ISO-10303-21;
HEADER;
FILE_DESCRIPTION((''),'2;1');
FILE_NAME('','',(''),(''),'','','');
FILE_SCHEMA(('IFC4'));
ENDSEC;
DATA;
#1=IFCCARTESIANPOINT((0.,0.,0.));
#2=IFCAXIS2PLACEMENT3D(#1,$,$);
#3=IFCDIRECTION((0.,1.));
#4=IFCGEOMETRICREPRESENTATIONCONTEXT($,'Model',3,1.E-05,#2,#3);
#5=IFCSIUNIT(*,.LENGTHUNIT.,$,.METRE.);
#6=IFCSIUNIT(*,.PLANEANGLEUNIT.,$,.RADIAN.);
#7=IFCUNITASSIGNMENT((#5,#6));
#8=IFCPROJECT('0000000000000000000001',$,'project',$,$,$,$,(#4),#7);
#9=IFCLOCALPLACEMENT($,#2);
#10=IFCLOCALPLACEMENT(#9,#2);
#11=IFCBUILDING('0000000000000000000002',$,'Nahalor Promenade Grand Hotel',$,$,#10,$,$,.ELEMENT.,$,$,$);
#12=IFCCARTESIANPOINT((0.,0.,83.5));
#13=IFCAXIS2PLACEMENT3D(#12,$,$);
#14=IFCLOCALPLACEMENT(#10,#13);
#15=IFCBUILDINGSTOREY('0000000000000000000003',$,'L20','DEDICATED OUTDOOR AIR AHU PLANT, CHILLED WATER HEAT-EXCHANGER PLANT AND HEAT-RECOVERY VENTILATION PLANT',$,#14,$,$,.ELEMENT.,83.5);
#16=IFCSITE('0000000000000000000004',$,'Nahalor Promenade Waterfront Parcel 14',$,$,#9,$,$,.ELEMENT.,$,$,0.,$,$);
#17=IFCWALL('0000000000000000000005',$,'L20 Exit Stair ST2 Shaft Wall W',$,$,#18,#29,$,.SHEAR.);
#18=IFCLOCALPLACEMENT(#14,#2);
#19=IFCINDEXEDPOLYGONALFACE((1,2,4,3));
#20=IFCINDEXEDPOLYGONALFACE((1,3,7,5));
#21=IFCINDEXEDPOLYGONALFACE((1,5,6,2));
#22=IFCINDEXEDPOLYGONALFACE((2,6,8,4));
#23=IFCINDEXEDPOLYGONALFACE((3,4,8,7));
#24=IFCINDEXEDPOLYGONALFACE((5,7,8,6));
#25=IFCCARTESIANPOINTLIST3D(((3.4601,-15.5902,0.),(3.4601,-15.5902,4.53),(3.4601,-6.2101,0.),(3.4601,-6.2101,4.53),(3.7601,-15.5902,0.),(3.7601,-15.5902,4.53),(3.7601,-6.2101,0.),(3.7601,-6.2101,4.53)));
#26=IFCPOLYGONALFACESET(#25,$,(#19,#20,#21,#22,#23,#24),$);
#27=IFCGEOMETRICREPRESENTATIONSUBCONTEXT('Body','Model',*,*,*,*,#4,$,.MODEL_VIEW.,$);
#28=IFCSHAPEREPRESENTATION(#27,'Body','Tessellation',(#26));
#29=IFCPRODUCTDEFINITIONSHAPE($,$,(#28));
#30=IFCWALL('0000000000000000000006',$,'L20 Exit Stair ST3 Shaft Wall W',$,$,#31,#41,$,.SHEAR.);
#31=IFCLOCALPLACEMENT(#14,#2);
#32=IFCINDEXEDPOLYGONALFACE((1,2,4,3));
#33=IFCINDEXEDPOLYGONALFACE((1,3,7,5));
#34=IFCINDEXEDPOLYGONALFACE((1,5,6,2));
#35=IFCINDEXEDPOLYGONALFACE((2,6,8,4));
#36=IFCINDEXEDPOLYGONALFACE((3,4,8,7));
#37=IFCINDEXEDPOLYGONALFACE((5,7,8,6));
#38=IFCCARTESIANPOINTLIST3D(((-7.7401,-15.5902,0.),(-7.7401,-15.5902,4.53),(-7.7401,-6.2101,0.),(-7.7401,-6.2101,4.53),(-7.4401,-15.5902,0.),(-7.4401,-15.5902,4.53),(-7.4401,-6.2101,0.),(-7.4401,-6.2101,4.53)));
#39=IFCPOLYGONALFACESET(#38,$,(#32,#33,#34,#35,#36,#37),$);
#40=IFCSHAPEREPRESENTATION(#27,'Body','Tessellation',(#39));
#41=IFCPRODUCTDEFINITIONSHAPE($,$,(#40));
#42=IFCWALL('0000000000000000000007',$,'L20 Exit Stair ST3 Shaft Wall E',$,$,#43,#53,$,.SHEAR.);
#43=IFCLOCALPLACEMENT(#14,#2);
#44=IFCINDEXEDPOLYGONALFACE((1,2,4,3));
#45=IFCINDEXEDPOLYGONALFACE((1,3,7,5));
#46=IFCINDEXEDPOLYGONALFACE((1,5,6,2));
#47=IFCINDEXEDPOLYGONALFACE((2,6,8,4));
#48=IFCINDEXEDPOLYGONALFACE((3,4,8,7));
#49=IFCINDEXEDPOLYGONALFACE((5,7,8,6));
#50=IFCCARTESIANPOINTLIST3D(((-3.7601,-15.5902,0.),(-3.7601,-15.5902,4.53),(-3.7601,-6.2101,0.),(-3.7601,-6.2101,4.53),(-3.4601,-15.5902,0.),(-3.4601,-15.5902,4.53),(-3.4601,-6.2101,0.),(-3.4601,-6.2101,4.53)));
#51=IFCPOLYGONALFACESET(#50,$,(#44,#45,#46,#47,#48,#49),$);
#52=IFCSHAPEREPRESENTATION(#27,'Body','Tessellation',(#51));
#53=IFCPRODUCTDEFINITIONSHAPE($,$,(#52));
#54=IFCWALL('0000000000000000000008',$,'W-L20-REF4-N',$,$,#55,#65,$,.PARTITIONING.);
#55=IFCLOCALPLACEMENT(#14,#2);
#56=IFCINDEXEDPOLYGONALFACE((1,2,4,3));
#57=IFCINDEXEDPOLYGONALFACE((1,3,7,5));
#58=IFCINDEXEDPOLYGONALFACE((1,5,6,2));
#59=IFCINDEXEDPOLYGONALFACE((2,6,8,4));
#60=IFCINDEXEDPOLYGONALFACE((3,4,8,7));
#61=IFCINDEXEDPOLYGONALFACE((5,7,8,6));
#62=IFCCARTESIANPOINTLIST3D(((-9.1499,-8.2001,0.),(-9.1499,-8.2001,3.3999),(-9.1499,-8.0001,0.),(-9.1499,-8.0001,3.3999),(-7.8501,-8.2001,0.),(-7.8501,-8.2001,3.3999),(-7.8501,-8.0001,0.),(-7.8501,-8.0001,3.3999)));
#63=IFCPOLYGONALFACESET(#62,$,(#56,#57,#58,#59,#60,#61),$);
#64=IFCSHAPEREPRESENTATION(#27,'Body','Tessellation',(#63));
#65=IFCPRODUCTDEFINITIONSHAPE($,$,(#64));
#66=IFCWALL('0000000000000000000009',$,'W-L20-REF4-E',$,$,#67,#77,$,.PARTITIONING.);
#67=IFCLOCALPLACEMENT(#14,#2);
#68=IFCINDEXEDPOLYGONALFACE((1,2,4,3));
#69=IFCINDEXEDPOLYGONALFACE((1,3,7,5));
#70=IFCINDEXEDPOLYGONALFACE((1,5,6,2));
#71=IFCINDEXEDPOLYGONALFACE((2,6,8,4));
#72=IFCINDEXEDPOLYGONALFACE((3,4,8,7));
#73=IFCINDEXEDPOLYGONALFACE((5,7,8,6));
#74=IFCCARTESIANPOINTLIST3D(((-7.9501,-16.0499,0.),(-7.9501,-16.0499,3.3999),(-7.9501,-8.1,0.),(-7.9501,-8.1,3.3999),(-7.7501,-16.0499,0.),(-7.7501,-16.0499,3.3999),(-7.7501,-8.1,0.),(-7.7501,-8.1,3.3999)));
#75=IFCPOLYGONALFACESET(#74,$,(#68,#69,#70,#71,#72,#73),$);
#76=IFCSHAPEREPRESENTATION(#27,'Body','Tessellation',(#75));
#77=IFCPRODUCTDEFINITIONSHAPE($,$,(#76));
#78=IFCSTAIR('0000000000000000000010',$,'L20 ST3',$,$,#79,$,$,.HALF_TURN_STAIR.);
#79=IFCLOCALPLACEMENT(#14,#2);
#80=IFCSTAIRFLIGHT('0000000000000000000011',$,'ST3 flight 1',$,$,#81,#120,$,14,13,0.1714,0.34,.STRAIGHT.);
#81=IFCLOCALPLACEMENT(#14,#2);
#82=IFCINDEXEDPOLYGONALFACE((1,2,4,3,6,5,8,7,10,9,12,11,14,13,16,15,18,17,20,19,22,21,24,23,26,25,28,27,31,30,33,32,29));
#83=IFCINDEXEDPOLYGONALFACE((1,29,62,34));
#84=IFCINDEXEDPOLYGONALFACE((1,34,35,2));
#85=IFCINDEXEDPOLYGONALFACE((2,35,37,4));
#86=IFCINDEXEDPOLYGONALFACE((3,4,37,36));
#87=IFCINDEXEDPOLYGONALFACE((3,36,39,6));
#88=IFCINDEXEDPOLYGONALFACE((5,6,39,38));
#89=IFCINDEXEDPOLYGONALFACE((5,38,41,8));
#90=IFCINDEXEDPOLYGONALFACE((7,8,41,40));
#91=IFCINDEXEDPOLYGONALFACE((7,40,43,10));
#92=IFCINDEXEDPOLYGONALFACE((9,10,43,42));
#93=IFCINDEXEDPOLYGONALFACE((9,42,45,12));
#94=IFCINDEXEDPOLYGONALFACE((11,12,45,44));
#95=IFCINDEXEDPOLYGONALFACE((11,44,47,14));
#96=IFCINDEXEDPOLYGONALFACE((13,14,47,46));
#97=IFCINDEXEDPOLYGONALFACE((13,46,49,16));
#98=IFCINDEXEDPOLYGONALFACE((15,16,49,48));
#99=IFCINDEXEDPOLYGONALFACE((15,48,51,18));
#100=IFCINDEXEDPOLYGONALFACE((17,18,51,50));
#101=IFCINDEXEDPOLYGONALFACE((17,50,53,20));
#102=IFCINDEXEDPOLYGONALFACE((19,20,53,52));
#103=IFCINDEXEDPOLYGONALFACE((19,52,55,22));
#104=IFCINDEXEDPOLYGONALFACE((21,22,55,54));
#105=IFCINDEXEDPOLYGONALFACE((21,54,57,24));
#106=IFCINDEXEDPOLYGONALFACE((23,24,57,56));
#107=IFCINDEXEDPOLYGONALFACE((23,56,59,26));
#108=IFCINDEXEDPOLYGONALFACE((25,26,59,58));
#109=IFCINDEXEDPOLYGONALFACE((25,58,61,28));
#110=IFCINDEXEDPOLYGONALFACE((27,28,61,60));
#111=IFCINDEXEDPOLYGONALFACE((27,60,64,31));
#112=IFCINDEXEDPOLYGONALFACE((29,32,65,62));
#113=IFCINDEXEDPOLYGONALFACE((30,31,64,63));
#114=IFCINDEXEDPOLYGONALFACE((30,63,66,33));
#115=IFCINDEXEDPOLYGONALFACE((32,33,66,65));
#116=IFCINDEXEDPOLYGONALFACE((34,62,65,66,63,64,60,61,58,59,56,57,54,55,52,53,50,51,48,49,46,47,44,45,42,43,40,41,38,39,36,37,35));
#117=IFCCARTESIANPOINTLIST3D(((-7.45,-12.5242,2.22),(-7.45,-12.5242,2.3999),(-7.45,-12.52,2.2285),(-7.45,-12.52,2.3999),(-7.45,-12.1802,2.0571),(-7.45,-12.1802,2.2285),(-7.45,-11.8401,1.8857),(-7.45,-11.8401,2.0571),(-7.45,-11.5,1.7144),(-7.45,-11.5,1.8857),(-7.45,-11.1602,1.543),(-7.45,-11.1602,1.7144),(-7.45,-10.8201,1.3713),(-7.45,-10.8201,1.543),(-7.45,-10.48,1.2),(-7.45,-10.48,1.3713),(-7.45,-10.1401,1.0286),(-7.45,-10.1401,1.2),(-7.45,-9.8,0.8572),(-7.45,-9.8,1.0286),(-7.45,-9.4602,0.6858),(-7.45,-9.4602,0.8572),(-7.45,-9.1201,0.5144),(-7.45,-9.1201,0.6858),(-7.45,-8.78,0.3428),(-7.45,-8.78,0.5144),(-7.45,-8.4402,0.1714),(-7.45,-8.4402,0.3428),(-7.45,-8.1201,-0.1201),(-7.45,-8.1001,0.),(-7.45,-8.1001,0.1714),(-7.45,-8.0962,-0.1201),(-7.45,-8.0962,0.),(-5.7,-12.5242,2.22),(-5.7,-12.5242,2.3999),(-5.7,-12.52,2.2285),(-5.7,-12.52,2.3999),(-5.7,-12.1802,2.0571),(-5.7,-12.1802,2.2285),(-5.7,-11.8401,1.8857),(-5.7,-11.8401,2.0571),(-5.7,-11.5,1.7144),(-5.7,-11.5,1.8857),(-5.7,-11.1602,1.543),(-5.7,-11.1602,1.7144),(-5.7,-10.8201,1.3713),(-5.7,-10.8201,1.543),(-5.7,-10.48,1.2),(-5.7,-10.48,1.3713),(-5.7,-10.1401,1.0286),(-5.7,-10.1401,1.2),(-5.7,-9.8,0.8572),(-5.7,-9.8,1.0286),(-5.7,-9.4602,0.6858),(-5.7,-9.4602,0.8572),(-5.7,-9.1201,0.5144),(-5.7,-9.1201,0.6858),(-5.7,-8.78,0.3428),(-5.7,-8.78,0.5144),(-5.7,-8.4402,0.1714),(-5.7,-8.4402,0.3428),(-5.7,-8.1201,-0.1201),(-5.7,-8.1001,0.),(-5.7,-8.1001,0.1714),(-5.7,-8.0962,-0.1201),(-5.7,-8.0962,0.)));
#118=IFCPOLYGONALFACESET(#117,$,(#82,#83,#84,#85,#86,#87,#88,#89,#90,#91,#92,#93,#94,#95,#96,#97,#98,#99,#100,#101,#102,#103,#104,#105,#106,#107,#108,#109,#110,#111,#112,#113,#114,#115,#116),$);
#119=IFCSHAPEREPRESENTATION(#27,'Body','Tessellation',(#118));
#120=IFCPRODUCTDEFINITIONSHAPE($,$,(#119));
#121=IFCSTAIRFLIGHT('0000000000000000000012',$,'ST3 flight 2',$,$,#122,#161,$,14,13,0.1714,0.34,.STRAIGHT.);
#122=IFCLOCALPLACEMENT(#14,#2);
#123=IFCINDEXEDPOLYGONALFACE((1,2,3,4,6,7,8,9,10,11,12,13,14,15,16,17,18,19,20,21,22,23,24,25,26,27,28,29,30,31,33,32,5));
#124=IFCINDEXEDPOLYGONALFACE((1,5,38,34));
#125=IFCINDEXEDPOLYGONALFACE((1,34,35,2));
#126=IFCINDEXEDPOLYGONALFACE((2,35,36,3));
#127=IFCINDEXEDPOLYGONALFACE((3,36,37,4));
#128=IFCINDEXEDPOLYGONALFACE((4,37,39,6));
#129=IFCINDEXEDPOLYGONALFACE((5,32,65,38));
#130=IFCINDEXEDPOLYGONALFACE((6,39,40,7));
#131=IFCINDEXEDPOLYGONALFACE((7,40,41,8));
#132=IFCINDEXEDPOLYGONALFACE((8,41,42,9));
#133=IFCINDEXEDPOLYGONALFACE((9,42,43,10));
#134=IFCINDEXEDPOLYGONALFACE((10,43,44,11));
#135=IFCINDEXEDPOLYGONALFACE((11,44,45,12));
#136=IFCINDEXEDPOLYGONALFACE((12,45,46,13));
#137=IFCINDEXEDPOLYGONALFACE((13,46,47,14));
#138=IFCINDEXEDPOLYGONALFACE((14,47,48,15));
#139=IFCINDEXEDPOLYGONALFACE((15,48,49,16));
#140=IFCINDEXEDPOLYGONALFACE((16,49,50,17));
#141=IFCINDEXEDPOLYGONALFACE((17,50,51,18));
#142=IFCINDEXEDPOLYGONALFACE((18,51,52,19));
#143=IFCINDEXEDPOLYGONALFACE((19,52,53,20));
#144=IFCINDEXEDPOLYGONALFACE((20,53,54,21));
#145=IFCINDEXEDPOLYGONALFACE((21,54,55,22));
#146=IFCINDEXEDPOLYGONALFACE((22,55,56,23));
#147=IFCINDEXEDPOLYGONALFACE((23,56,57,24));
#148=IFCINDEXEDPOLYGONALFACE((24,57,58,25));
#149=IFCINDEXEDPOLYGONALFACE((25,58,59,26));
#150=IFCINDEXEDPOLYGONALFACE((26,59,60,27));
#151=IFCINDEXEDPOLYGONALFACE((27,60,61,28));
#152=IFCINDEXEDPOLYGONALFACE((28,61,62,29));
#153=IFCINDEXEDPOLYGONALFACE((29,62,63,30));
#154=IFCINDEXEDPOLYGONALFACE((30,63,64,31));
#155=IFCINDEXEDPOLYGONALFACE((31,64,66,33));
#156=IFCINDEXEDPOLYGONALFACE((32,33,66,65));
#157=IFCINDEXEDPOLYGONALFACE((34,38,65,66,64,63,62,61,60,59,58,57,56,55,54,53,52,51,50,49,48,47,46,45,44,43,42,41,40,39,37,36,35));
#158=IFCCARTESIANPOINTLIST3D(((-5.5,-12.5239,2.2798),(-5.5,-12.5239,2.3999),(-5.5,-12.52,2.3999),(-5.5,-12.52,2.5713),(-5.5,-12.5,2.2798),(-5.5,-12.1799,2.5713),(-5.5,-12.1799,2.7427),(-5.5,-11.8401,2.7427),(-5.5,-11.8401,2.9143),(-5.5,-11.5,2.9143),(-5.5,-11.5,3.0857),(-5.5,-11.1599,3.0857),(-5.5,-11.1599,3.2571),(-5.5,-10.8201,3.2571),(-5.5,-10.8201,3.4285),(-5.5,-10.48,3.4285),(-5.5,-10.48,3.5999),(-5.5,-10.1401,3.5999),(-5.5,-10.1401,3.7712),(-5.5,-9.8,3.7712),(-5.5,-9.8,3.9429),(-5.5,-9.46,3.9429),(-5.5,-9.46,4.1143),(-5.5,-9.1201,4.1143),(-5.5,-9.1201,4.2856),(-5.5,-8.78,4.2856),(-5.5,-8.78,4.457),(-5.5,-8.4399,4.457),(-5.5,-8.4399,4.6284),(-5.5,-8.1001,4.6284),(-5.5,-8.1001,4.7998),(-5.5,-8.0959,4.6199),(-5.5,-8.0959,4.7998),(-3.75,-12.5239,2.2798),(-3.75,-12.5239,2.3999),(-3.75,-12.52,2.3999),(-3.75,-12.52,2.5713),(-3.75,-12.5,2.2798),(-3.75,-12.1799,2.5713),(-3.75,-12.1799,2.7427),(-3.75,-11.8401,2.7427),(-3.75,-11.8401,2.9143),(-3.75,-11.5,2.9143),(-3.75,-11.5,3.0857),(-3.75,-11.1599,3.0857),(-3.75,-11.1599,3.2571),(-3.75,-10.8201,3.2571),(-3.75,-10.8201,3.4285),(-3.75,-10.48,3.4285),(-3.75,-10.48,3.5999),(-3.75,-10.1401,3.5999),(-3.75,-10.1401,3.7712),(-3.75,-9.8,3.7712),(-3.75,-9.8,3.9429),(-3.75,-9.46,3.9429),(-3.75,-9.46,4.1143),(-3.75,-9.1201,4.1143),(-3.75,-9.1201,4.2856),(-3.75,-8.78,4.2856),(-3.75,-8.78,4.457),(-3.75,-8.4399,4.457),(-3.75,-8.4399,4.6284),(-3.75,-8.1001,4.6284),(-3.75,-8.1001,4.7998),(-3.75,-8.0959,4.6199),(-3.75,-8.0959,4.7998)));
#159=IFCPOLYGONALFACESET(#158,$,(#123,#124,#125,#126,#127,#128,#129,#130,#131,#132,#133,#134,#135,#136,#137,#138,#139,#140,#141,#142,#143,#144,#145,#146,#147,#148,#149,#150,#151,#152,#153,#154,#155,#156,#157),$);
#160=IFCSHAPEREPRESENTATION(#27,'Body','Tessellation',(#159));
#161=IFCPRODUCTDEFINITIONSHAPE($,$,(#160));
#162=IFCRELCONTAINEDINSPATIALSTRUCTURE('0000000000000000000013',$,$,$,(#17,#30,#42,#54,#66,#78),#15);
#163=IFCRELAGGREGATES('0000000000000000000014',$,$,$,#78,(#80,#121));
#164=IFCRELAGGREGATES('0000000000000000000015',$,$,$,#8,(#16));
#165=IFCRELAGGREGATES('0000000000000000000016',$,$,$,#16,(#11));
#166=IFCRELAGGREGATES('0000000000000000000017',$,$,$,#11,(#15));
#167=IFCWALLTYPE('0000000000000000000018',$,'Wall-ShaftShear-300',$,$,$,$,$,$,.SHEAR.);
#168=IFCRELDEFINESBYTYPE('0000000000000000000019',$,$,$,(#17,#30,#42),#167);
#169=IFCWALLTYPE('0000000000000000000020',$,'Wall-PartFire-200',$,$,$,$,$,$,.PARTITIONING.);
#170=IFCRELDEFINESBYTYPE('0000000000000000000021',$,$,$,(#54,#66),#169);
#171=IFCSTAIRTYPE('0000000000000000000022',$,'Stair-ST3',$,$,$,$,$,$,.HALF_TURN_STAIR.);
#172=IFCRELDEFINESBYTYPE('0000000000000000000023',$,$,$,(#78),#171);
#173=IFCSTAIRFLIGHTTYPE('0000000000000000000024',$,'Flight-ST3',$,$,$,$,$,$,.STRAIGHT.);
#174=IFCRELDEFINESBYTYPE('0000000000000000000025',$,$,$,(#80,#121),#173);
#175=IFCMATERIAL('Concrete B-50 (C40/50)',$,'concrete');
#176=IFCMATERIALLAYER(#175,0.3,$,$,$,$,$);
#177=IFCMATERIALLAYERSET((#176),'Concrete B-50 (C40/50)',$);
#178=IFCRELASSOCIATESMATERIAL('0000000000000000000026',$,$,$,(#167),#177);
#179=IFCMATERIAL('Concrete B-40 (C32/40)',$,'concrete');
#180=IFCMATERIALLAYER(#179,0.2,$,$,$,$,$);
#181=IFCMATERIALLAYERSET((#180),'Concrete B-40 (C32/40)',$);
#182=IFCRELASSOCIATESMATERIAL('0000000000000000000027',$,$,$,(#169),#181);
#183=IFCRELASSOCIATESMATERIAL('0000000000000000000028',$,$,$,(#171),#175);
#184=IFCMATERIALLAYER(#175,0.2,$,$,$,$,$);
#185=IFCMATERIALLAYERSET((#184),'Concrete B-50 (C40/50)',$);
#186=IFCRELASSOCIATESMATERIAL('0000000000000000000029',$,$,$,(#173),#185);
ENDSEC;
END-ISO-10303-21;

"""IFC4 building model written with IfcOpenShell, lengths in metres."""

from ifc_helpers import new_model, si_unit, direction, frame, frame_2d, origin, place, context, subcontext, project, spatial, polyline, rectangle, outline, extrude, source, transform, mapped, material, layer, layer_set, type_object, element, aggregate, save


model = new_model("IFC4")

# Units and contexts
model_context = context("Model", 3, precision=1e-05, world=origin(), true_north=direction((0.0, 1.0)))
body_context = subcontext(model_context, "Body", "Model", "MODEL_VIEW")
ifc_project = project(units=[si_unit("LENGTHUNIT", "METRE"), si_unit("PLANEANGLEUNIT", "RADIAN")], contexts=[model_context])

# Site, building, storey
site_placement = place(None, origin())
site = spatial("IfcSite", under=ifc_project, at=site_placement, Name="Nahalor Promenade Waterfront Parcel 14", CompositionType="ELEMENT", RefElevation=0.0)
building_placement = place(site_placement, origin())
building = spatial("IfcBuilding", under=site, at=building_placement, Name="Nahalor Promenade Grand Hotel", CompositionType="ELEMENT")
storey_placement = place(building_placement, frame((0.0, 0.0, 83.5)))
storey = spatial("IfcBuildingStorey", under=building, at=storey_placement, Name="L20", Description="DEDICATED OUTDOOR AIR AHU PLANT, CHILLED WATER HEAT-EXCHANGER PLANT AND HEAT-RECOVERY VENTILATION PLANT", CompositionType="ELEMENT", Elevation=83.5)

# Shared definitions
ifc_material_1 = material(Name="Concrete B-50 (C40/50)", Category="concrete")
ifc_layer_1 = layer(ifc_material_1, 0.3)
ifc_layer_set_1 = layer_set([ifc_layer_1], Name="Concrete B-50 (C40/50)")
wall_type_1 = type_object("IfcWallType", Name="Wall-ShaftShear-300", PredefinedType="SHEAR", material=ifc_layer_set_1)

# Walls
shared_shape_1 = source(origin(), body_context, "Body", "SweptSolid", [
    extrude(rectangle(XDim=9.3801, YDim=0.3, at=frame_2d((4.6899, 0.0))), origin(), (0.0, 0.0, 1.0), 4.53),
])
for number, where, z_axis, x_axis, name in (
    (1, (3.6101, -15.5901, 0.0), (0.0, 0.0, 1.0), (0.0, 1.0, 0.0), "L20 Exit Stair ST2 Shaft Wall W"),
    (2, (-7.5901, -15.5901, 0.0), (0.0, 0.0, 1.0), (0.0, 1.0, 0.0), "L20 Exit Stair ST3 Shaft Wall W"),
    (3, (-3.6101, -15.5901, 0.0), (0.0, 0.0, 1.0), (0.0, 1.0, 0.0), "L20 Exit Stair ST3 Shaft Wall E"),
):
    element("IfcWall", number, at=place(storey_placement, frame(where, z_axis=z_axis, x_axis=x_axis)), inside=storey, type_object=wall_type_1, Name=name, PredefinedType="SHEAR", context=body_context, shape_type="MappedRepresentation", body=[
        mapped(shared_shape_1, transform((0.0, 0.0, 0.0), scale=1.0)),
    ])
ifc_material_2 = material(Name="Concrete B-40 (C32/40)", Category="concrete")
ifc_layer_2 = layer(ifc_material_2, 0.2)
ifc_layer_set_2 = layer_set([ifc_layer_2], Name="Concrete B-40 (C32/40)")
wall_type_2 = type_object("IfcWallType", Name="Wall-PartFire-200", PredefinedType="PARTITIONING", material=ifc_layer_set_2)
shared_shape_2 = source(origin(), body_context, "Body", "SweptSolid", [
    extrude(rectangle(XDim=1.2998, YDim=0.2, at=frame_2d((0.6499, 0.0))), origin(), (0.0, 0.0, 1.0), 3.3999),
])
wall_1_placement = place(storey_placement, frame((-9.1499, -8.1001, 0.0), z_axis=(0.0, 0.0, 1.0), x_axis=(1.0, 0.0, 0.0)))
element("IfcWall", 4, at=wall_1_placement, inside=storey, type_object=wall_type_2, Name="W-L20-REF4-N", PredefinedType="PARTITIONING", context=body_context, shape_type="MappedRepresentation", body=[
    mapped(shared_shape_2, transform((0.0, 0.0, 0.0), scale=1.0)),
])
shared_shape_3 = source(origin(), body_context, "Body", "SweptSolid", [
    extrude(rectangle(XDim=7.95, YDim=0.2, at=frame_2d((3.9751, 0.0))), origin(), (0.0, 0.0, 1.0), 3.3999),
])
wall_2_placement = place(storey_placement, frame((-7.8501, -16.05, 0.0), z_axis=(0.0, 0.0, 1.0), x_axis=(0.0, 1.0, 0.0)))
element("IfcWall", 5, at=wall_2_placement, inside=storey, type_object=wall_type_2, Name="W-L20-REF4-E", PredefinedType="PARTITIONING", context=body_context, shape_type="MappedRepresentation", body=[
    mapped(shared_shape_3, transform((0.0, 0.0, 0.0), scale=1.0)),
])

# Stair, stair flights
stair_type = type_object("IfcStairType", Name="Stair-ST3", PredefinedType="HALF_TURN_STAIR", material=ifc_material_1)
stair_placement = place(storey_placement, origin())
stair = element("IfcStair", 6, at=stair_placement, inside=storey, type_object=stair_type, Name="L20 ST3", PredefinedType="HALF_TURN_STAIR")
ifc_layer_3 = layer(ifc_material_1, 0.2)
ifc_layer_set_3 = layer_set([ifc_layer_3], Name="Concrete B-50 (C40/50)")
stair_flight_type = type_object("IfcStairFlightType", Name="Flight-ST3", PredefinedType="STRAIGHT", material=ifc_layer_set_3)
shared_shape_4 = source(origin(), body_context, "Body", "SweptSolid", [
    extrude(outline(polyline([(-0.0039, -0.1201), (-0.0039, 0.0), (0.0, 0.0), (0.0, 0.1714), (0.3401, 0.1714), (0.3401, 0.3428), (0.6799, 0.3428), (0.6799, 0.5144), (1.02, 0.5144), (1.02, 0.6858), (1.3601, 0.6858), (1.3601, 0.8572), (1.7, 0.8572), (1.7, 1.0286), (2.04, 1.0286), (2.04, 1.2), (2.3799, 1.2), (2.3799, 1.3713), (2.72, 1.3713), (2.72, 1.543), (3.0601, 1.543), (3.0601, 1.7144), (3.3999, 1.7144), (3.3999, 1.8857), (3.74, 1.8857), (3.74, 2.0571), (4.0801, 2.0571), (4.0801, 2.2285), (4.4199, 2.2285), (4.4199, 2.3999), (4.4241, 2.3999), (4.4241, 2.22), (0.02, -0.1201), (-0.0039, -0.1201)])), frame((0.0, 0.875, 0.0), z_axis=(0.0, -1.0, 0.0), x_axis=(1.0, 0.0, 0.0)), (0.0, 0.0, 1.0), 1.75),
])
stair_flight_1_placement = place(storey_placement, frame((-6.575, -8.1001, 0.0), z_axis=(0.0, 0.0, 1.0), x_axis=(0.0, -1.0, 0.0)))
stair_flight_1 = element("IfcStairFlight", 7, at=stair_flight_1_placement, type_object=stair_flight_type, Name="ST3 flight 1", NumberOfRisers=14, NumberOfTreads=13, PredefinedType="STRAIGHT", RiserHeight=0.1714, TreadLength=0.34, context=body_context, shape_type="MappedRepresentation", body=[
    mapped(shared_shape_4, transform((0.0, 0.0, 0.0), scale=1.0)),
])
stair_flight_2_placement = place(storey_placement, frame((-4.625, -12.52, 2.3999), z_axis=(0.0, 0.0, 1.0), x_axis=(0.0, 1.0, 0.0)))
stair_flight_2 = element("IfcStairFlight", 8, at=stair_flight_2_placement, type_object=stair_flight_type, Name="ST3 flight 2", NumberOfRisers=14, NumberOfTreads=13, PredefinedType="STRAIGHT", RiserHeight=0.1714, TreadLength=0.34, context=body_context, shape_type="MappedRepresentation", body=[
    mapped(shared_shape_4, transform((0.0, 0.0, 0.0), scale=1.0)),
])
aggregate(stair, [stair_flight_1, stair_flight_2])

save(model, "model.ifc")
